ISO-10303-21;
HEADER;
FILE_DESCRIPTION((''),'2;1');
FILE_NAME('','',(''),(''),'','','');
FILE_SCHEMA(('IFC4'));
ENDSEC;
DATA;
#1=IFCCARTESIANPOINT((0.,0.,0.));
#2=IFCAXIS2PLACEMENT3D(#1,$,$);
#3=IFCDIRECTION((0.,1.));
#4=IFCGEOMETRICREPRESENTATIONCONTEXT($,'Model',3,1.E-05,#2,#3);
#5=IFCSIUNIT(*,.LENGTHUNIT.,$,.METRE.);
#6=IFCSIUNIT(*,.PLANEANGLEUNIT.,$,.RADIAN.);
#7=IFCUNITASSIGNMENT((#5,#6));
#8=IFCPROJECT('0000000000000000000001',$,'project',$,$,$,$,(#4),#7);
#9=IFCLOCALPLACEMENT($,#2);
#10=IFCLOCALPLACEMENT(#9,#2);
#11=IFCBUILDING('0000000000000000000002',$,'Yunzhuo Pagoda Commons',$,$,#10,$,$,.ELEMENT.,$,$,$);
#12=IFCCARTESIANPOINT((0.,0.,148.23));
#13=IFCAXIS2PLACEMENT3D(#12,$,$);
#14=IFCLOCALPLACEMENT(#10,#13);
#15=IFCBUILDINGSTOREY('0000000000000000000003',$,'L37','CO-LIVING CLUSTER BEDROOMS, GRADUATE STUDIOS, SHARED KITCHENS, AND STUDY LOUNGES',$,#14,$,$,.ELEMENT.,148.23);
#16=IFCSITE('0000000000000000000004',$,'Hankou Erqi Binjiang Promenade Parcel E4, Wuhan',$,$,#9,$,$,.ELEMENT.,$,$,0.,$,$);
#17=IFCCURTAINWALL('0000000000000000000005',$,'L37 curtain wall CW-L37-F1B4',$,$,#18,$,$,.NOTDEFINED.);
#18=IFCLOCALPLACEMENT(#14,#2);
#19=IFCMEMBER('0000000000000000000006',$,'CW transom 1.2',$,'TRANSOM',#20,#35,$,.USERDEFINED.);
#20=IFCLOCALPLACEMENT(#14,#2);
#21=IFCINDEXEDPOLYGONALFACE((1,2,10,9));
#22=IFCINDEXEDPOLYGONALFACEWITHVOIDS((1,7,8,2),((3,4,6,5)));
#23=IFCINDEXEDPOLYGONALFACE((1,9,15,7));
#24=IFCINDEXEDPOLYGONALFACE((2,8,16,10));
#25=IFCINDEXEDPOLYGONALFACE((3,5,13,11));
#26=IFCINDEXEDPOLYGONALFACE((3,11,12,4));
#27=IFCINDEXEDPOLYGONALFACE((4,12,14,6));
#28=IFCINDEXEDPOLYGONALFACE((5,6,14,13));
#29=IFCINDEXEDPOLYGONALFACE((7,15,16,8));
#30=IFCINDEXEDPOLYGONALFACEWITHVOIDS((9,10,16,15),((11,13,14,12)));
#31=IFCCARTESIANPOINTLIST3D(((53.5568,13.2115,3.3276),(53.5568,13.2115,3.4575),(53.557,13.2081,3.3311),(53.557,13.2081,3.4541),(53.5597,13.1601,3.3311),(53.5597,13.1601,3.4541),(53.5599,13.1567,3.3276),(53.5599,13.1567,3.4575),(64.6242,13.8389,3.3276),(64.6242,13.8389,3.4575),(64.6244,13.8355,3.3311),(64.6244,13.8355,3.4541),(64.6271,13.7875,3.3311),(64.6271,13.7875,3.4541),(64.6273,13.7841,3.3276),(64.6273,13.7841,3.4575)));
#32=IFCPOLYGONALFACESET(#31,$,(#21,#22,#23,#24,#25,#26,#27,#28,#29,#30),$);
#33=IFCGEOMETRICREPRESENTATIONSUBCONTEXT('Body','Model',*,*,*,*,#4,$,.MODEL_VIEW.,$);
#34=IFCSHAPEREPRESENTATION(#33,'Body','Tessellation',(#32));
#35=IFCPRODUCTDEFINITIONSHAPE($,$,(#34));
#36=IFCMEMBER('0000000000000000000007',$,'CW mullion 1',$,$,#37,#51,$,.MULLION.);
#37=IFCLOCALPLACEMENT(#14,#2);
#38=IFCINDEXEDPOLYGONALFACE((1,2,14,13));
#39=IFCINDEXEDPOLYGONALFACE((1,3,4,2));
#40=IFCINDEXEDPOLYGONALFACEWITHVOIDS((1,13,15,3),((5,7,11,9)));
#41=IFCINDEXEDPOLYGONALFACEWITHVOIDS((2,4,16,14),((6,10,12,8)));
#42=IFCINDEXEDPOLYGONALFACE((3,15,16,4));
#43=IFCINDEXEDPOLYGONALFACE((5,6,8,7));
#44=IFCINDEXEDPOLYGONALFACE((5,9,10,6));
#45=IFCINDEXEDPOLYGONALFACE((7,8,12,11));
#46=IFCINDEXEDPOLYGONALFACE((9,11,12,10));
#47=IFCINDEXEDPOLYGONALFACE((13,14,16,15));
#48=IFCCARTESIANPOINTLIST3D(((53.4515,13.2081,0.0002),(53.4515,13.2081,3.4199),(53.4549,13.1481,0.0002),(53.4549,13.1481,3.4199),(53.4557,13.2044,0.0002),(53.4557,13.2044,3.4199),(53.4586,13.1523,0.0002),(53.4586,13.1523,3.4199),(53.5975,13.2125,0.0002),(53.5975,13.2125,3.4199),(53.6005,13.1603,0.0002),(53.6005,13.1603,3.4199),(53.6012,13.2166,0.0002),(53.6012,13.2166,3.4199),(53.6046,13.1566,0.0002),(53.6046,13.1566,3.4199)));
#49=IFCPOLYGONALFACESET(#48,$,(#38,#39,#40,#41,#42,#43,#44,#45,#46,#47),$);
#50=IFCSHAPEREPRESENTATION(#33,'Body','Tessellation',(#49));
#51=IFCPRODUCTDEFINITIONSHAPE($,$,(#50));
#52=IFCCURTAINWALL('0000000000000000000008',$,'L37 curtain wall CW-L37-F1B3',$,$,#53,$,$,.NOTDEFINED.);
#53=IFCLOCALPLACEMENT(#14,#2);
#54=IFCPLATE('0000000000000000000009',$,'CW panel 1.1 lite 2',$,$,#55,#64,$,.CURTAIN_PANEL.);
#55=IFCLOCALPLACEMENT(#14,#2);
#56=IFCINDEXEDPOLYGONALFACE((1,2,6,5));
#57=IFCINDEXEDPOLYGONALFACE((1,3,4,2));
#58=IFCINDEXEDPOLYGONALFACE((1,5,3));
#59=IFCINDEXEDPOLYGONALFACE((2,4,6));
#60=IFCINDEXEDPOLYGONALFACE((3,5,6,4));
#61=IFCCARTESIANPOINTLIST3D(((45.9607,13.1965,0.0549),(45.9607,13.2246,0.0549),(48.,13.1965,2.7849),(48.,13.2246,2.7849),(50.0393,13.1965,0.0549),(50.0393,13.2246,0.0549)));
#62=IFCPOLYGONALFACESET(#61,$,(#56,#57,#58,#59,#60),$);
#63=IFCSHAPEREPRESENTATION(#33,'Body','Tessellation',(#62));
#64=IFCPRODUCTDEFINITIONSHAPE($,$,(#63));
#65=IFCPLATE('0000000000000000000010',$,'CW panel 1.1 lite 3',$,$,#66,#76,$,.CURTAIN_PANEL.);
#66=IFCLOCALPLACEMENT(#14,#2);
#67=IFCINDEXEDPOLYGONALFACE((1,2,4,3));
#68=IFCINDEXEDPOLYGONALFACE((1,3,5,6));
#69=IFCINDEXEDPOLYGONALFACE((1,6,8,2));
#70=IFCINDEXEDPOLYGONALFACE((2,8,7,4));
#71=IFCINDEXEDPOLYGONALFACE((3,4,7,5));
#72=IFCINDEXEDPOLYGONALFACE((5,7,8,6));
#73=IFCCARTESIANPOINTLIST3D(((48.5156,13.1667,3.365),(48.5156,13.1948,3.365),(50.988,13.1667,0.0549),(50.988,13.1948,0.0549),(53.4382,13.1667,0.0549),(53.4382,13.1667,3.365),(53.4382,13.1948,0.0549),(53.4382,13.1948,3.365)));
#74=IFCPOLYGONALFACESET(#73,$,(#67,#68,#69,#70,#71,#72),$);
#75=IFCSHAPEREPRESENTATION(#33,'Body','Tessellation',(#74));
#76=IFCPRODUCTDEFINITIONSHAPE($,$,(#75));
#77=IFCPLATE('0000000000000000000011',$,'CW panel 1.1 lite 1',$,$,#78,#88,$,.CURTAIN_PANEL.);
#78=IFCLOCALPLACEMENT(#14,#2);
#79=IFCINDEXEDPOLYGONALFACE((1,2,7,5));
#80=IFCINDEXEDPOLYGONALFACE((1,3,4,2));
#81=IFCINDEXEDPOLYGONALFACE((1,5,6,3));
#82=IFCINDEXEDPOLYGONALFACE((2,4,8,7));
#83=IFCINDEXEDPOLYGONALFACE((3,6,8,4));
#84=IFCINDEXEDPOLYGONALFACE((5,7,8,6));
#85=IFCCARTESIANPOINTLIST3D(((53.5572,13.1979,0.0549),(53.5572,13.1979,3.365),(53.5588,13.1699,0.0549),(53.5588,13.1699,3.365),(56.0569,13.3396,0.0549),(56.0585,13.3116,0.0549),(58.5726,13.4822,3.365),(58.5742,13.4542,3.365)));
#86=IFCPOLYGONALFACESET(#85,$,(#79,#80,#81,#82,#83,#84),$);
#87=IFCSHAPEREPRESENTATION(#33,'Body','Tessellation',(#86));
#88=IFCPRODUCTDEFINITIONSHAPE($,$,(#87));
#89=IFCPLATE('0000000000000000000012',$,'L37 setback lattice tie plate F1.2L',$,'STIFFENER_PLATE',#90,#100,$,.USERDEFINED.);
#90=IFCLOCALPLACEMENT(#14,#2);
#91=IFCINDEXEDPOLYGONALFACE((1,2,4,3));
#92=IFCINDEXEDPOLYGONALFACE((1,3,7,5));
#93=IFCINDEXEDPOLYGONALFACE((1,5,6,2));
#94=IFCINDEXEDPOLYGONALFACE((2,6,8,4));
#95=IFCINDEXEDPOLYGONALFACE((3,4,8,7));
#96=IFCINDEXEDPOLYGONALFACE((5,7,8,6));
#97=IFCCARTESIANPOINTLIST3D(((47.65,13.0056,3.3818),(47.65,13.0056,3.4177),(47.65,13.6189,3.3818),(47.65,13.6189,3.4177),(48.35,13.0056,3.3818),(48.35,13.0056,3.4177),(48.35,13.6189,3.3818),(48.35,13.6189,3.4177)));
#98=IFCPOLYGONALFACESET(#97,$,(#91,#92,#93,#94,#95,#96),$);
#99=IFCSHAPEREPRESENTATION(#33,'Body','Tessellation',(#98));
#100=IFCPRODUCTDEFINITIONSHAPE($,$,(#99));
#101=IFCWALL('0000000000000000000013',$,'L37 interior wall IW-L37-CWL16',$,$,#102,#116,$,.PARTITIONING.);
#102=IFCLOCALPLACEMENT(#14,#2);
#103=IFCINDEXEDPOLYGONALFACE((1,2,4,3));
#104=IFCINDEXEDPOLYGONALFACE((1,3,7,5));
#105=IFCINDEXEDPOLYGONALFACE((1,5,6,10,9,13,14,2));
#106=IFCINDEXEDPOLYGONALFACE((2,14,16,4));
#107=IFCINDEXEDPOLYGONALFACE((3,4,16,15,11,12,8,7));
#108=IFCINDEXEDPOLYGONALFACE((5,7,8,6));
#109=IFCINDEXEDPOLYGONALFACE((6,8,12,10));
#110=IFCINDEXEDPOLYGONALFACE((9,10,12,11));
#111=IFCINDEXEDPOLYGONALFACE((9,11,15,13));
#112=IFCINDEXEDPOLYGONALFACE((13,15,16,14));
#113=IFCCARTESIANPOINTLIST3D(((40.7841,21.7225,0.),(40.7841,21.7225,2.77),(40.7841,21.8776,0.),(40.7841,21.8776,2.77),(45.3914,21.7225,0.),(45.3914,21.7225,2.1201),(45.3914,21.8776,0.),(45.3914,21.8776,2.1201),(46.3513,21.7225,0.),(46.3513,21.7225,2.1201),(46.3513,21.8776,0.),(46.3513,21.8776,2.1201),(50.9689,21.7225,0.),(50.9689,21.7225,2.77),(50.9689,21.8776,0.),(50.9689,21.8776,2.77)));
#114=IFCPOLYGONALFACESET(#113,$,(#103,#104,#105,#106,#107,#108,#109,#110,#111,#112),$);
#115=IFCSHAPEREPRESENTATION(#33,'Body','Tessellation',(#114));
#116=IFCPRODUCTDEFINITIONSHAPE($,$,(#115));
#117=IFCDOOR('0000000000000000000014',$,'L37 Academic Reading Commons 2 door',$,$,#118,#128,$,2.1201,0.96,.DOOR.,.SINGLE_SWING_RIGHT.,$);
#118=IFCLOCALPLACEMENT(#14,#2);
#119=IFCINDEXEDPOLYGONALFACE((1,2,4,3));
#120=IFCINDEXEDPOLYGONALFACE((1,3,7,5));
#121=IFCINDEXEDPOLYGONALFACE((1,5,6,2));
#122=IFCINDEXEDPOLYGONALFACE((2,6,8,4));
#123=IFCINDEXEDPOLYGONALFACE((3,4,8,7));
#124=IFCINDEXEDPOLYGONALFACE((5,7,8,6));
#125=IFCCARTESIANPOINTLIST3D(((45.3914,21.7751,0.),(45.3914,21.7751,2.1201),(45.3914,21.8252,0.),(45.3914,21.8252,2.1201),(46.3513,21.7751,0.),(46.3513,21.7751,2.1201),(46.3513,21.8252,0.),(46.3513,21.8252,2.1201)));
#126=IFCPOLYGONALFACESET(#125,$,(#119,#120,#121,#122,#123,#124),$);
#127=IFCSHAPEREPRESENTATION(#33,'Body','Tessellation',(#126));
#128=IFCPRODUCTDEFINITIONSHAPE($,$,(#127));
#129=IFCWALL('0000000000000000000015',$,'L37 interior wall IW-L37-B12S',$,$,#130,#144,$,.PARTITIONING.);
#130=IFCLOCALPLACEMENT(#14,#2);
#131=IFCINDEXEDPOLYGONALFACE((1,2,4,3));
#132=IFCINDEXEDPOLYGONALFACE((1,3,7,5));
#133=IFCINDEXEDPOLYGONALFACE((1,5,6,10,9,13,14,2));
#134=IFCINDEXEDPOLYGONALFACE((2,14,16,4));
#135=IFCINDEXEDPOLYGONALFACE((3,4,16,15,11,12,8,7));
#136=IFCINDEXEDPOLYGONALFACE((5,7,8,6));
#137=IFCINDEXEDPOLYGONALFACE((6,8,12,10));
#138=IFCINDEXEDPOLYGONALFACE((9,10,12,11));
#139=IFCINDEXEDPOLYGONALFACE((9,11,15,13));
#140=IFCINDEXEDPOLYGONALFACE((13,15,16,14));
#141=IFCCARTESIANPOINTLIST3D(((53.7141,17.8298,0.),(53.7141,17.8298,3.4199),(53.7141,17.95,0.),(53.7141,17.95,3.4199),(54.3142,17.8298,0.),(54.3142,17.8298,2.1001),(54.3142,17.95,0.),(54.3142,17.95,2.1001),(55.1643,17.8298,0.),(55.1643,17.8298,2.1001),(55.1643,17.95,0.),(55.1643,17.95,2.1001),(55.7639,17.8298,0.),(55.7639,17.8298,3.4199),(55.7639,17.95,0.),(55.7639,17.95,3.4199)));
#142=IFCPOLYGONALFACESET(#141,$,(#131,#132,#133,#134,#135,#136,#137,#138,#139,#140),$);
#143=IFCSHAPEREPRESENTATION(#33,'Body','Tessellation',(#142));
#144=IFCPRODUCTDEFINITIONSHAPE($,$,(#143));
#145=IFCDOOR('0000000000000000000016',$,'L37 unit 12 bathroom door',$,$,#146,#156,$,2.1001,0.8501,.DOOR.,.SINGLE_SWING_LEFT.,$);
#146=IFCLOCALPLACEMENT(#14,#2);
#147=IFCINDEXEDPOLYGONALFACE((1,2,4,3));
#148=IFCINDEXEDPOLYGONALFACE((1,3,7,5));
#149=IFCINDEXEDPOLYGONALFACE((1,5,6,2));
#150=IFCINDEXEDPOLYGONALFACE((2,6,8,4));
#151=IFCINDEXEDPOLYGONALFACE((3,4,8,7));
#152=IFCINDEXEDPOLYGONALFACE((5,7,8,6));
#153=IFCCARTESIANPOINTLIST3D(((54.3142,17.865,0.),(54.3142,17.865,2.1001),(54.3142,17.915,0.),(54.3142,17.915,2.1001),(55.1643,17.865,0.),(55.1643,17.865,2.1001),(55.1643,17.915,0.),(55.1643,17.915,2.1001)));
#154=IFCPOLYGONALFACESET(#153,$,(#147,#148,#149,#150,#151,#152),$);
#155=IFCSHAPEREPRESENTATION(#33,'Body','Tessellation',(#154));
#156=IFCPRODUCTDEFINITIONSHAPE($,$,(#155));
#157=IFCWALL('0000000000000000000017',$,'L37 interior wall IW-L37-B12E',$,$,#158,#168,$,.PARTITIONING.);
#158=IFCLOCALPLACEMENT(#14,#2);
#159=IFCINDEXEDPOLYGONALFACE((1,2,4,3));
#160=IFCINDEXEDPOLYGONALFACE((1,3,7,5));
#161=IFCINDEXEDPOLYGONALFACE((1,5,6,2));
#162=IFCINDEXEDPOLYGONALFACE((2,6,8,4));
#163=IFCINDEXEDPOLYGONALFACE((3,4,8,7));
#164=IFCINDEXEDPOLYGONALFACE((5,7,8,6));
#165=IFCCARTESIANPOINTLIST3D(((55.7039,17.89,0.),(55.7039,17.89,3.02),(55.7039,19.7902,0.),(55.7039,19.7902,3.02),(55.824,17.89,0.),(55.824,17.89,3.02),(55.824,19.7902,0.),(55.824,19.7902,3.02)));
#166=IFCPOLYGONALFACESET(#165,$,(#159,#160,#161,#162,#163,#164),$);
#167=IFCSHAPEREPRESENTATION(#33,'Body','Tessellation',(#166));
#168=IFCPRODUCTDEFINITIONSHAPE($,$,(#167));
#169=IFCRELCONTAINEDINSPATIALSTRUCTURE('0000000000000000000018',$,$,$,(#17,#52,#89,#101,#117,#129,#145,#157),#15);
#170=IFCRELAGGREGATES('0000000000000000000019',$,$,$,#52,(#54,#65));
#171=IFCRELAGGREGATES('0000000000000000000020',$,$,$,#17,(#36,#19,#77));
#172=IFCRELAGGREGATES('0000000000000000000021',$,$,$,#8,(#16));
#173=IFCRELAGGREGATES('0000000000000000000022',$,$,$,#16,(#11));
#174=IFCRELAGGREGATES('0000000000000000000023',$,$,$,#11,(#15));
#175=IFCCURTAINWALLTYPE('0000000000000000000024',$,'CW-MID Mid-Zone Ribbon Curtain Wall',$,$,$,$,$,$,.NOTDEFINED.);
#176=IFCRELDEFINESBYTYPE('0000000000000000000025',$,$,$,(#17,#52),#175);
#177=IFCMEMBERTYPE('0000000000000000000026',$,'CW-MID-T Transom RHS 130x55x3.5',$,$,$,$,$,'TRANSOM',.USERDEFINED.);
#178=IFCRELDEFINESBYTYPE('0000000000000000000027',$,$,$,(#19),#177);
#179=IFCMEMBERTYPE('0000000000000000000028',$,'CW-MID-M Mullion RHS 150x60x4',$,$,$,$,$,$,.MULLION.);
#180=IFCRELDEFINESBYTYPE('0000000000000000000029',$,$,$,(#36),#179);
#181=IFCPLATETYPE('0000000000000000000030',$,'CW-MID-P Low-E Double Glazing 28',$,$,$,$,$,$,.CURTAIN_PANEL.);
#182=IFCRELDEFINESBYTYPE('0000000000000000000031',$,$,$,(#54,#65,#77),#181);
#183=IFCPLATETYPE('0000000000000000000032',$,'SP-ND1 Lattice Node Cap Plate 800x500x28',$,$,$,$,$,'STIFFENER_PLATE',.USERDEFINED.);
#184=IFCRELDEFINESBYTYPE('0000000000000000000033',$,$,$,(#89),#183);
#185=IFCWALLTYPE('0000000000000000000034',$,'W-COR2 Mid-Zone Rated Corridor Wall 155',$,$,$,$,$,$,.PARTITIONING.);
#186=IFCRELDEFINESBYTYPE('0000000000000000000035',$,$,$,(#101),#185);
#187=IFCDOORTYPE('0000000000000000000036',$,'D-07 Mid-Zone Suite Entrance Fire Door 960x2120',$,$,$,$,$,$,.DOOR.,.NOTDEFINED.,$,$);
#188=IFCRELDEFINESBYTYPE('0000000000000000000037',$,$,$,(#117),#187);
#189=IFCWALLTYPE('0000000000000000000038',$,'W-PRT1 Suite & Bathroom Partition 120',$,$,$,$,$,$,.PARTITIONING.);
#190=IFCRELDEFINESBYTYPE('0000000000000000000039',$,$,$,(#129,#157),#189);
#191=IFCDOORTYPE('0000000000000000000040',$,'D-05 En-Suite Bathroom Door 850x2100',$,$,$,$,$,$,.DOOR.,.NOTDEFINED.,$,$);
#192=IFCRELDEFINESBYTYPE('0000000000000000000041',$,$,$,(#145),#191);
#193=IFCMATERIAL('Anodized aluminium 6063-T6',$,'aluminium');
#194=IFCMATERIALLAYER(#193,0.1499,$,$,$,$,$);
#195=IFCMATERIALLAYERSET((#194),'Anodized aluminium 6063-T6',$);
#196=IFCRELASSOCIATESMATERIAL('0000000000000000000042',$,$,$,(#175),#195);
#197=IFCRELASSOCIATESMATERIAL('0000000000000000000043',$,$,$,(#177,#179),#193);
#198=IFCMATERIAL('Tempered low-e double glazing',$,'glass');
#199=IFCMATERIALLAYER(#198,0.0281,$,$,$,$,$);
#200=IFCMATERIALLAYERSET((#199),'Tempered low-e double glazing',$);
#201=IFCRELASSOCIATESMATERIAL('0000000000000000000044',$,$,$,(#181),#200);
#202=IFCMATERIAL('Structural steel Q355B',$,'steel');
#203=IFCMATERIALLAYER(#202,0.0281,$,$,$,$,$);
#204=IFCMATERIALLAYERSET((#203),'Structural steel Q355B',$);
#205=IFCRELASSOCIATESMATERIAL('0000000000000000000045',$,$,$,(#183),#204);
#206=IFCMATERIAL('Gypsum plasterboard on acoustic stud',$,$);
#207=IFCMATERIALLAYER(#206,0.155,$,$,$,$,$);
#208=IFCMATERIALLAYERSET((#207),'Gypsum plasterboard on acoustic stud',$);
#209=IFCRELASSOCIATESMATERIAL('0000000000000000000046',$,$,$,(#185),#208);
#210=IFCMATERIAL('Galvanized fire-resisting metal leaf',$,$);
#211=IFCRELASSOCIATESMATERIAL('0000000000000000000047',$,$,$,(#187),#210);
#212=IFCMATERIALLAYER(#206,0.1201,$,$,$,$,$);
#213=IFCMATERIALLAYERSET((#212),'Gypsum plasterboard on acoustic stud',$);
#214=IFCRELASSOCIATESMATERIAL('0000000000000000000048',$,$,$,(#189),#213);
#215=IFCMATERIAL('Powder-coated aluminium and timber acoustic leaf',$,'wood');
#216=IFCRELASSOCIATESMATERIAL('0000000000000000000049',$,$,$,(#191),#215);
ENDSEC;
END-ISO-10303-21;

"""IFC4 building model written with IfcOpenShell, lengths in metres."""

from ifc_helpers import new_model, si_unit, direction, frame, frame_2d, origin, origin_with_axes, origin_2d, place, context, subcontext, project, spatial, polyline, rectangle, hollow_rectangle, outline, extrude, source, transform, mapped, material, layer, layer_set, material_profile, profile_set, type_object, element, fill, aggregate, save


model = new_model("IFC4")

# Units and contexts
model_context = context("Model", 3, precision=1e-05, world=origin(), true_north=direction((0.0, 1.0)))
body_context = subcontext(model_context, "Body", "Model", "MODEL_VIEW")
ifc_project = project(units=[si_unit("LENGTHUNIT", "METRE"), si_unit("PLANEANGLEUNIT", "RADIAN")], contexts=[model_context])

# Site, building, storey
site_placement = place(None, origin())
site = spatial("IfcSite", under=ifc_project, at=site_placement, Name="Hankou Erqi Binjiang Promenade Parcel E4, Wuhan", CompositionType="ELEMENT", RefElevation=0.0)
building_placement = place(site_placement, origin())
building = spatial("IfcBuilding", under=site, at=building_placement, Name="Yunzhuo Pagoda Commons", CompositionType="ELEMENT")
storey_placement = place(building_placement, frame((0.0, 0.0, 148.23)))
storey = spatial("IfcBuildingStorey", under=building, at=storey_placement, Name="L37", Description="CO-LIVING CLUSTER BEDROOMS, GRADUATE STUDIOS, SHARED KITCHENS, AND STUDY LOUNGES", CompositionType="ELEMENT", Elevation=148.23)

# Shared definitions
ifc_material_1 = material(Name="Structural steel Q355B", Category="steel")

# Curtain wall, members
ifc_material_2 = material(Name="Anodized aluminium 6063-T6", Category="aluminium")
ifc_layer_1 = layer(ifc_material_2, 0.1499)
ifc_layer_set_1 = layer_set([ifc_layer_1], Name="Anodized aluminium 6063-T6")
curtain_wall_type = type_object("IfcCurtainWallType", Name="CW-MID Mid-Zone Ribbon Curtain Wall", PredefinedType="NOTDEFINED", material=ifc_layer_set_1)
curtain_wall_1_placement = place(storey_placement, origin())
curtain_wall_1 = element("IfcCurtainWall", 1, at=curtain_wall_1_placement, inside=storey, type_object=curtain_wall_type, Name="L37 curtain wall CW-L37-F1B4", PredefinedType="NOTDEFINED")
ifc_material_profile_1 = material_profile(ifc_material_2, hollow_rectangle(XDim=0.0549, YDim=0.1299, WallThickness=0.0034, at=origin_2d()), Name="Anodized aluminium 6063-T6")
ifc_profile_set_1 = profile_set([ifc_material_profile_1], Name="Anodized aluminium 6063-T6")
member_type_1 = type_object("IfcMemberType", Name="CW-MID-T Transom RHS 130x55x3.5", ElementType="TRANSOM", PredefinedType="USERDEFINED", material=ifc_profile_set_1)
shared_shape_1 = source(origin(), body_context, "Body", "SweptSolid", [
    extrude(hollow_rectangle(XDim=0.0549, YDim=0.1299, WallThickness=0.0034, at=origin_2d()), origin(), (0.0, 0.0, 1.0), 11.0852),
])
member_1_placement = place(storey_placement, frame((53.5583, 13.1841, 3.3926), z_axis=(0.998397, 0.056602, 0.0), x_axis=(-0.056602, 0.998397, 0.0)))
member_1 = element("IfcMember", 2, at=member_1_placement, type_object=member_type_1, Name="CW transom 1.2", ObjectType="TRANSOM", PredefinedType="USERDEFINED", context=body_context, shape_type="MappedRepresentation", body=[
    mapped(shared_shape_1, transform((0.0, 0.0, 0.0), scale=1.0)),
])
ifc_material_profile_2 = material_profile(ifc_material_2, hollow_rectangle(XDim=0.0601, YDim=0.1499, WallThickness=0.0039, at=origin_2d()), Name="Anodized aluminium 6063-T6")
ifc_profile_set_2 = profile_set([ifc_material_profile_2], Name="Anodized aluminium 6063-T6")
member_type_2 = type_object("IfcMemberType", Name="CW-MID-M Mullion RHS 150x60x4", PredefinedType="MULLION", material=ifc_profile_set_2)
shared_shape_2 = source(origin(), body_context, "Body", "SweptSolid", [
    extrude(hollow_rectangle(XDim=0.0601, YDim=0.1499, WallThickness=0.0039, at=origin_2d()), origin(), (0.0, 0.0, 1.0), 3.4197),
])
member_2_placement = place(storey_placement, frame((53.5281, 13.1824, 0.0002), z_axis=(0.0, 0.0, 1.0), x_axis=(-0.056597, 0.998397, 0.0)))
member_2 = element("IfcMember", 3, at=member_2_placement, type_object=member_type_2, Name="CW mullion 1", PredefinedType="MULLION", context=body_context, shape_type="MappedRepresentation", body=[
    mapped(shared_shape_2, transform((0.0, 0.0, 0.0), scale=1.0)),
])

# Curtain wall, plates
curtain_wall_2_placement = place(storey_placement, origin())
curtain_wall_2 = element("IfcCurtainWall", 4, at=curtain_wall_2_placement, inside=storey, type_object=curtain_wall_type, Name="L37 curtain wall CW-L37-F1B3", PredefinedType="NOTDEFINED")
ifc_material_3 = material(Name="Tempered low-e double glazing", Category="glass")
ifc_layer_2 = layer(ifc_material_3, 0.0281)
ifc_layer_set_2 = layer_set([ifc_layer_2], Name="Tempered low-e double glazing")
plate_type_1 = type_object("IfcPlateType", Name="CW-MID-P Low-E Double Glazing 28", PredefinedType="CURTAIN_PANEL", material=ifc_layer_set_2)
plate_1_placement = place(storey_placement, frame((48.0, 13.2246, 1.4199), z_axis=(0.0, -1.0, 0.0), x_axis=(1.0, 0.0, 0.0)))
plate_1 = element("IfcPlate", 5, at=plate_1_placement, type_object=plate_type_1, Name="CW panel 1.1 lite 2", PredefinedType="CURTAIN_PANEL", context=body_context, shape_type="SweptSolid", body=[
    extrude(outline(polyline([(-2.0393, -1.365), (2.0393, -1.365), (0.0, 1.365), (-2.0393, -1.365)])), origin(), (0.0, 0.0, 1.0), 0.0281),
])
plate_2_placement = place(storey_placement, frame((50.9768, 13.1948, 1.71), z_axis=(0.0, -1.0, 0.0), x_axis=(1.0, 0.0, 0.0)))
plate_2 = element("IfcPlate", 6, at=plate_2_placement, type_object=plate_type_1, Name="CW panel 1.1 lite 3", PredefinedType="CURTAIN_PANEL", context=body_context, shape_type="SweptSolid", body=[
    extrude(outline(polyline([(-2.4612, 1.655), (0.0112, -1.655), (2.4614, -1.655), (2.4614, 1.655), (-2.4612, 1.655)])), origin(), (0.0, 0.0, 1.0), 0.0281),
])
aggregate(curtain_wall_2, [plate_1, plate_2])

# Plates
plate_3_placement = place(storey_placement, frame((56.0649, 13.3401, 1.71), z_axis=(0.056597, -0.998397, 0.0), x_axis=(0.998397, 0.056597, 0.0)))
plate_3 = element("IfcPlate", 7, at=plate_3_placement, type_object=plate_type_1, Name="CW panel 1.1 lite 1", PredefinedType="CURTAIN_PANEL", context=body_context, shape_type="SweptSolid", body=[
    extrude(outline(polyline([(-2.5117, -1.655), (-0.0081, -1.655), (2.5117, 1.655), (-2.5117, 1.655), (-2.5117, -1.655)])), origin(), (0.0, 0.0, 1.0), 0.0281),
])
aggregate(curtain_wall_1, [member_2, member_1, plate_3])
ifc_layer_3 = layer(ifc_material_1, 0.0281)
ifc_layer_set_3 = layer_set([ifc_layer_3], Name="Structural steel Q355B")
plate_type_2 = type_object("IfcPlateType", Name="SP-ND1 Lattice Node Cap Plate 800x500x28", ElementType="STIFFENER_PLATE", PredefinedType="USERDEFINED", material=ifc_layer_set_3)
shared_shape_3 = source(origin(), body_context, "Body", "SweptSolid", [
    extrude(rectangle(XDim=0.7, YDim=0.6133, at=origin_2d()), origin(), (0.0, 0.0, 1.0), 0.0359),
])
plate_4_placement = place(storey_placement, frame((48.0, 13.3123, 3.3818), z_axis=(0.0, 0.0, 1.0), x_axis=(1.0, 0.0, 0.0)))
element("IfcPlate", 8, at=plate_4_placement, inside=storey, type_object=plate_type_2, Name="L37 setback lattice tie plate F1.2L", ObjectType="STIFFENER_PLATE", PredefinedType="USERDEFINED", context=body_context, shape_type="MappedRepresentation", body=[
    mapped(shared_shape_3, transform((0.0, 0.0, 0.0), scale=1.0)),
])

# Walls, openings, doors
ifc_material_4 = material(Name="Gypsum plasterboard on acoustic stud")
ifc_layer_4 = layer(ifc_material_4, 0.155)
ifc_layer_set_4 = layer_set([ifc_layer_4], Name="Gypsum plasterboard on acoustic stud")
wall_type_1 = type_object("IfcWallType", Name="W-COR2 Mid-Zone Rated Corridor Wall 155", PredefinedType="PARTITIONING", material=ifc_layer_set_4)
wall_1_placement = place(storey_placement, frame((50.9688, 21.8, 0.0), z_axis=(0.0, 0.0, 1.0), x_axis=(-1.0, 0.0, 0.0)))
wall_1 = element("IfcWall", 9, at=wall_1_placement, inside=storey, type_object=wall_type_1, Name="L37 interior wall IW-L37-CWL16", PredefinedType="PARTITIONING", context=body_context, shape_type="SweptSolid", body=[
    extrude(rectangle(XDim=10.1848, YDim=0.155, at=frame_2d((5.0923, 0.0))), origin(), (0.0, 0.0, 1.0), 2.77),
])
opening_1_placement = place(wall_1_placement, frame((4.6174, 0.0, 0.0)))
opening_1 = element("IfcOpeningElement", 10, at=opening_1_placement, cuts=wall_1, PredefinedType="OPENING", context=body_context, shape_type="SweptSolid", body=[
    extrude(rectangle(XDim=0.96, YDim=2.1201, at=frame_2d((0.48, 1.0601))), frame((0.0, 0.0874, 0.0), z_axis=(0.0, -1.0, 0.0), x_axis=(1.0, 0.0, 0.0)), (0.0, 0.0, 1.0), 0.175),
])
ifc_material_5 = material(Name="Galvanized fire-resisting metal leaf")
door_type_1 = type_object("IfcDoorType", Name="D-07 Mid-Zone Suite Entrance Fire Door 960x2120", OperationType="NOTDEFINED", PredefinedType="DOOR", material=ifc_material_5)
shared_shape_4 = source(origin(), body_context, "Body", "SweptSolid", [
    extrude(rectangle(XDim=0.96, YDim=2.1201, at=frame_2d((0.48, 1.0601))), frame((0.0, 0.0249, 0.0), z_axis=(0.0, -1.0, 0.0), x_axis=(1.0, 0.0, 0.0)), (0.0, 0.0, 1.0), 0.05),
])
door_1_placement = place(opening_1_placement, origin_with_axes())
door_1 = element("IfcDoor", 11, at=door_1_placement, inside=storey, type_object=door_type_1, Name="L37 Academic Reading Commons 2 door", OperationType="SINGLE_SWING_RIGHT", OverallHeight=2.1201, OverallWidth=0.96, PredefinedType="DOOR", context=body_context, shape_type="MappedRepresentation", body=[
    mapped(shared_shape_4, transform((0.0, 0.0, 0.0), scale=1.0)),
])
fill(opening_1, door_1)
ifc_layer_5 = layer(ifc_material_4, 0.1201)
ifc_layer_set_5 = layer_set([ifc_layer_5], Name="Gypsum plasterboard on acoustic stud")
wall_type_2 = type_object("IfcWallType", Name="W-PRT1 Suite & Bathroom Partition 120", PredefinedType="PARTITIONING", material=ifc_layer_set_5)
wall_2_placement = place(storey_placement, frame((53.7141, 17.8899, 0.0), z_axis=(0.0, 0.0, 1.0), x_axis=(1.0, 0.0, 0.0)))
wall_2 = element("IfcWall", 12, at=wall_2_placement, inside=storey, type_object=wall_type_2, Name="L37 interior wall IW-L37-B12S", PredefinedType="PARTITIONING", context=body_context, shape_type="SweptSolid", body=[
    extrude(rectangle(XDim=2.0498, YDim=0.1201, at=frame_2d((1.0249, 0.0))), origin(), (0.0, 0.0, 1.0), 3.4199),
])
opening_2_placement = place(wall_2_placement, frame((0.6001, 0.0, 0.0)))
opening_2 = element("IfcOpeningElement", 13, at=opening_2_placement, cuts=wall_2, PredefinedType="OPENING", context=body_context, shape_type="SweptSolid", body=[
    extrude(rectangle(XDim=0.8501, YDim=2.1001, at=frame_2d((0.425, 1.05))), frame((0.0, 0.0701, 0.0), z_axis=(0.0, -1.0, 0.0), x_axis=(1.0, 0.0, 0.0)), (0.0, 0.0, 1.0), 0.1401),
])
ifc_material_6 = material(Name="Powder-coated aluminium and timber acoustic leaf", Category="wood")
door_type_2 = type_object("IfcDoorType", Name="D-05 En-Suite Bathroom Door 850x2100", OperationType="NOTDEFINED", PredefinedType="DOOR", material=ifc_material_6)
shared_shape_5 = source(origin(), body_context, "Body", "SweptSolid", [
    extrude(rectangle(XDim=0.8501, YDim=2.1001, at=frame_2d((0.425, 1.05))), frame((0.0, 0.0249, 0.0), z_axis=(0.0, -1.0, 0.0), x_axis=(1.0, 0.0, 0.0)), (0.0, 0.0, 1.0), 0.05),
])
door_2_placement = place(opening_2_placement, frame((0.8501, 0.0, 0.0), z_axis=(0.0, 0.0, 1.0), x_axis=(-1.0, 0.0, 0.0)))
door_2 = element("IfcDoor", 14, at=door_2_placement, inside=storey, type_object=door_type_2, Name="L37 unit 12 bathroom door", OperationType="SINGLE_SWING_LEFT", OverallHeight=2.1001, OverallWidth=0.8501, PredefinedType="DOOR", context=body_context, shape_type="MappedRepresentation", body=[
    mapped(shared_shape_5, transform((0.0, 0.0, 0.0), scale=1.0)),
])
fill(opening_2, door_2)

# Wall
wall_3_placement = place(storey_placement, frame((55.7639, 17.8899, 0.0), z_axis=(0.0, 0.0, 1.0), x_axis=(0.0, 1.0, 0.0)))
element("IfcWall", 15, at=wall_3_placement, inside=storey, type_object=wall_type_2, Name="L37 interior wall IW-L37-B12E", PredefinedType="PARTITIONING", context=body_context, shape_type="SweptSolid", body=[
    extrude(rectangle(XDim=1.9001, YDim=0.1201, at=frame_2d((0.9502, 0.0))), origin(), (0.0, 0.0, 1.0), 3.02),
])

save(model, "model.ifc")
